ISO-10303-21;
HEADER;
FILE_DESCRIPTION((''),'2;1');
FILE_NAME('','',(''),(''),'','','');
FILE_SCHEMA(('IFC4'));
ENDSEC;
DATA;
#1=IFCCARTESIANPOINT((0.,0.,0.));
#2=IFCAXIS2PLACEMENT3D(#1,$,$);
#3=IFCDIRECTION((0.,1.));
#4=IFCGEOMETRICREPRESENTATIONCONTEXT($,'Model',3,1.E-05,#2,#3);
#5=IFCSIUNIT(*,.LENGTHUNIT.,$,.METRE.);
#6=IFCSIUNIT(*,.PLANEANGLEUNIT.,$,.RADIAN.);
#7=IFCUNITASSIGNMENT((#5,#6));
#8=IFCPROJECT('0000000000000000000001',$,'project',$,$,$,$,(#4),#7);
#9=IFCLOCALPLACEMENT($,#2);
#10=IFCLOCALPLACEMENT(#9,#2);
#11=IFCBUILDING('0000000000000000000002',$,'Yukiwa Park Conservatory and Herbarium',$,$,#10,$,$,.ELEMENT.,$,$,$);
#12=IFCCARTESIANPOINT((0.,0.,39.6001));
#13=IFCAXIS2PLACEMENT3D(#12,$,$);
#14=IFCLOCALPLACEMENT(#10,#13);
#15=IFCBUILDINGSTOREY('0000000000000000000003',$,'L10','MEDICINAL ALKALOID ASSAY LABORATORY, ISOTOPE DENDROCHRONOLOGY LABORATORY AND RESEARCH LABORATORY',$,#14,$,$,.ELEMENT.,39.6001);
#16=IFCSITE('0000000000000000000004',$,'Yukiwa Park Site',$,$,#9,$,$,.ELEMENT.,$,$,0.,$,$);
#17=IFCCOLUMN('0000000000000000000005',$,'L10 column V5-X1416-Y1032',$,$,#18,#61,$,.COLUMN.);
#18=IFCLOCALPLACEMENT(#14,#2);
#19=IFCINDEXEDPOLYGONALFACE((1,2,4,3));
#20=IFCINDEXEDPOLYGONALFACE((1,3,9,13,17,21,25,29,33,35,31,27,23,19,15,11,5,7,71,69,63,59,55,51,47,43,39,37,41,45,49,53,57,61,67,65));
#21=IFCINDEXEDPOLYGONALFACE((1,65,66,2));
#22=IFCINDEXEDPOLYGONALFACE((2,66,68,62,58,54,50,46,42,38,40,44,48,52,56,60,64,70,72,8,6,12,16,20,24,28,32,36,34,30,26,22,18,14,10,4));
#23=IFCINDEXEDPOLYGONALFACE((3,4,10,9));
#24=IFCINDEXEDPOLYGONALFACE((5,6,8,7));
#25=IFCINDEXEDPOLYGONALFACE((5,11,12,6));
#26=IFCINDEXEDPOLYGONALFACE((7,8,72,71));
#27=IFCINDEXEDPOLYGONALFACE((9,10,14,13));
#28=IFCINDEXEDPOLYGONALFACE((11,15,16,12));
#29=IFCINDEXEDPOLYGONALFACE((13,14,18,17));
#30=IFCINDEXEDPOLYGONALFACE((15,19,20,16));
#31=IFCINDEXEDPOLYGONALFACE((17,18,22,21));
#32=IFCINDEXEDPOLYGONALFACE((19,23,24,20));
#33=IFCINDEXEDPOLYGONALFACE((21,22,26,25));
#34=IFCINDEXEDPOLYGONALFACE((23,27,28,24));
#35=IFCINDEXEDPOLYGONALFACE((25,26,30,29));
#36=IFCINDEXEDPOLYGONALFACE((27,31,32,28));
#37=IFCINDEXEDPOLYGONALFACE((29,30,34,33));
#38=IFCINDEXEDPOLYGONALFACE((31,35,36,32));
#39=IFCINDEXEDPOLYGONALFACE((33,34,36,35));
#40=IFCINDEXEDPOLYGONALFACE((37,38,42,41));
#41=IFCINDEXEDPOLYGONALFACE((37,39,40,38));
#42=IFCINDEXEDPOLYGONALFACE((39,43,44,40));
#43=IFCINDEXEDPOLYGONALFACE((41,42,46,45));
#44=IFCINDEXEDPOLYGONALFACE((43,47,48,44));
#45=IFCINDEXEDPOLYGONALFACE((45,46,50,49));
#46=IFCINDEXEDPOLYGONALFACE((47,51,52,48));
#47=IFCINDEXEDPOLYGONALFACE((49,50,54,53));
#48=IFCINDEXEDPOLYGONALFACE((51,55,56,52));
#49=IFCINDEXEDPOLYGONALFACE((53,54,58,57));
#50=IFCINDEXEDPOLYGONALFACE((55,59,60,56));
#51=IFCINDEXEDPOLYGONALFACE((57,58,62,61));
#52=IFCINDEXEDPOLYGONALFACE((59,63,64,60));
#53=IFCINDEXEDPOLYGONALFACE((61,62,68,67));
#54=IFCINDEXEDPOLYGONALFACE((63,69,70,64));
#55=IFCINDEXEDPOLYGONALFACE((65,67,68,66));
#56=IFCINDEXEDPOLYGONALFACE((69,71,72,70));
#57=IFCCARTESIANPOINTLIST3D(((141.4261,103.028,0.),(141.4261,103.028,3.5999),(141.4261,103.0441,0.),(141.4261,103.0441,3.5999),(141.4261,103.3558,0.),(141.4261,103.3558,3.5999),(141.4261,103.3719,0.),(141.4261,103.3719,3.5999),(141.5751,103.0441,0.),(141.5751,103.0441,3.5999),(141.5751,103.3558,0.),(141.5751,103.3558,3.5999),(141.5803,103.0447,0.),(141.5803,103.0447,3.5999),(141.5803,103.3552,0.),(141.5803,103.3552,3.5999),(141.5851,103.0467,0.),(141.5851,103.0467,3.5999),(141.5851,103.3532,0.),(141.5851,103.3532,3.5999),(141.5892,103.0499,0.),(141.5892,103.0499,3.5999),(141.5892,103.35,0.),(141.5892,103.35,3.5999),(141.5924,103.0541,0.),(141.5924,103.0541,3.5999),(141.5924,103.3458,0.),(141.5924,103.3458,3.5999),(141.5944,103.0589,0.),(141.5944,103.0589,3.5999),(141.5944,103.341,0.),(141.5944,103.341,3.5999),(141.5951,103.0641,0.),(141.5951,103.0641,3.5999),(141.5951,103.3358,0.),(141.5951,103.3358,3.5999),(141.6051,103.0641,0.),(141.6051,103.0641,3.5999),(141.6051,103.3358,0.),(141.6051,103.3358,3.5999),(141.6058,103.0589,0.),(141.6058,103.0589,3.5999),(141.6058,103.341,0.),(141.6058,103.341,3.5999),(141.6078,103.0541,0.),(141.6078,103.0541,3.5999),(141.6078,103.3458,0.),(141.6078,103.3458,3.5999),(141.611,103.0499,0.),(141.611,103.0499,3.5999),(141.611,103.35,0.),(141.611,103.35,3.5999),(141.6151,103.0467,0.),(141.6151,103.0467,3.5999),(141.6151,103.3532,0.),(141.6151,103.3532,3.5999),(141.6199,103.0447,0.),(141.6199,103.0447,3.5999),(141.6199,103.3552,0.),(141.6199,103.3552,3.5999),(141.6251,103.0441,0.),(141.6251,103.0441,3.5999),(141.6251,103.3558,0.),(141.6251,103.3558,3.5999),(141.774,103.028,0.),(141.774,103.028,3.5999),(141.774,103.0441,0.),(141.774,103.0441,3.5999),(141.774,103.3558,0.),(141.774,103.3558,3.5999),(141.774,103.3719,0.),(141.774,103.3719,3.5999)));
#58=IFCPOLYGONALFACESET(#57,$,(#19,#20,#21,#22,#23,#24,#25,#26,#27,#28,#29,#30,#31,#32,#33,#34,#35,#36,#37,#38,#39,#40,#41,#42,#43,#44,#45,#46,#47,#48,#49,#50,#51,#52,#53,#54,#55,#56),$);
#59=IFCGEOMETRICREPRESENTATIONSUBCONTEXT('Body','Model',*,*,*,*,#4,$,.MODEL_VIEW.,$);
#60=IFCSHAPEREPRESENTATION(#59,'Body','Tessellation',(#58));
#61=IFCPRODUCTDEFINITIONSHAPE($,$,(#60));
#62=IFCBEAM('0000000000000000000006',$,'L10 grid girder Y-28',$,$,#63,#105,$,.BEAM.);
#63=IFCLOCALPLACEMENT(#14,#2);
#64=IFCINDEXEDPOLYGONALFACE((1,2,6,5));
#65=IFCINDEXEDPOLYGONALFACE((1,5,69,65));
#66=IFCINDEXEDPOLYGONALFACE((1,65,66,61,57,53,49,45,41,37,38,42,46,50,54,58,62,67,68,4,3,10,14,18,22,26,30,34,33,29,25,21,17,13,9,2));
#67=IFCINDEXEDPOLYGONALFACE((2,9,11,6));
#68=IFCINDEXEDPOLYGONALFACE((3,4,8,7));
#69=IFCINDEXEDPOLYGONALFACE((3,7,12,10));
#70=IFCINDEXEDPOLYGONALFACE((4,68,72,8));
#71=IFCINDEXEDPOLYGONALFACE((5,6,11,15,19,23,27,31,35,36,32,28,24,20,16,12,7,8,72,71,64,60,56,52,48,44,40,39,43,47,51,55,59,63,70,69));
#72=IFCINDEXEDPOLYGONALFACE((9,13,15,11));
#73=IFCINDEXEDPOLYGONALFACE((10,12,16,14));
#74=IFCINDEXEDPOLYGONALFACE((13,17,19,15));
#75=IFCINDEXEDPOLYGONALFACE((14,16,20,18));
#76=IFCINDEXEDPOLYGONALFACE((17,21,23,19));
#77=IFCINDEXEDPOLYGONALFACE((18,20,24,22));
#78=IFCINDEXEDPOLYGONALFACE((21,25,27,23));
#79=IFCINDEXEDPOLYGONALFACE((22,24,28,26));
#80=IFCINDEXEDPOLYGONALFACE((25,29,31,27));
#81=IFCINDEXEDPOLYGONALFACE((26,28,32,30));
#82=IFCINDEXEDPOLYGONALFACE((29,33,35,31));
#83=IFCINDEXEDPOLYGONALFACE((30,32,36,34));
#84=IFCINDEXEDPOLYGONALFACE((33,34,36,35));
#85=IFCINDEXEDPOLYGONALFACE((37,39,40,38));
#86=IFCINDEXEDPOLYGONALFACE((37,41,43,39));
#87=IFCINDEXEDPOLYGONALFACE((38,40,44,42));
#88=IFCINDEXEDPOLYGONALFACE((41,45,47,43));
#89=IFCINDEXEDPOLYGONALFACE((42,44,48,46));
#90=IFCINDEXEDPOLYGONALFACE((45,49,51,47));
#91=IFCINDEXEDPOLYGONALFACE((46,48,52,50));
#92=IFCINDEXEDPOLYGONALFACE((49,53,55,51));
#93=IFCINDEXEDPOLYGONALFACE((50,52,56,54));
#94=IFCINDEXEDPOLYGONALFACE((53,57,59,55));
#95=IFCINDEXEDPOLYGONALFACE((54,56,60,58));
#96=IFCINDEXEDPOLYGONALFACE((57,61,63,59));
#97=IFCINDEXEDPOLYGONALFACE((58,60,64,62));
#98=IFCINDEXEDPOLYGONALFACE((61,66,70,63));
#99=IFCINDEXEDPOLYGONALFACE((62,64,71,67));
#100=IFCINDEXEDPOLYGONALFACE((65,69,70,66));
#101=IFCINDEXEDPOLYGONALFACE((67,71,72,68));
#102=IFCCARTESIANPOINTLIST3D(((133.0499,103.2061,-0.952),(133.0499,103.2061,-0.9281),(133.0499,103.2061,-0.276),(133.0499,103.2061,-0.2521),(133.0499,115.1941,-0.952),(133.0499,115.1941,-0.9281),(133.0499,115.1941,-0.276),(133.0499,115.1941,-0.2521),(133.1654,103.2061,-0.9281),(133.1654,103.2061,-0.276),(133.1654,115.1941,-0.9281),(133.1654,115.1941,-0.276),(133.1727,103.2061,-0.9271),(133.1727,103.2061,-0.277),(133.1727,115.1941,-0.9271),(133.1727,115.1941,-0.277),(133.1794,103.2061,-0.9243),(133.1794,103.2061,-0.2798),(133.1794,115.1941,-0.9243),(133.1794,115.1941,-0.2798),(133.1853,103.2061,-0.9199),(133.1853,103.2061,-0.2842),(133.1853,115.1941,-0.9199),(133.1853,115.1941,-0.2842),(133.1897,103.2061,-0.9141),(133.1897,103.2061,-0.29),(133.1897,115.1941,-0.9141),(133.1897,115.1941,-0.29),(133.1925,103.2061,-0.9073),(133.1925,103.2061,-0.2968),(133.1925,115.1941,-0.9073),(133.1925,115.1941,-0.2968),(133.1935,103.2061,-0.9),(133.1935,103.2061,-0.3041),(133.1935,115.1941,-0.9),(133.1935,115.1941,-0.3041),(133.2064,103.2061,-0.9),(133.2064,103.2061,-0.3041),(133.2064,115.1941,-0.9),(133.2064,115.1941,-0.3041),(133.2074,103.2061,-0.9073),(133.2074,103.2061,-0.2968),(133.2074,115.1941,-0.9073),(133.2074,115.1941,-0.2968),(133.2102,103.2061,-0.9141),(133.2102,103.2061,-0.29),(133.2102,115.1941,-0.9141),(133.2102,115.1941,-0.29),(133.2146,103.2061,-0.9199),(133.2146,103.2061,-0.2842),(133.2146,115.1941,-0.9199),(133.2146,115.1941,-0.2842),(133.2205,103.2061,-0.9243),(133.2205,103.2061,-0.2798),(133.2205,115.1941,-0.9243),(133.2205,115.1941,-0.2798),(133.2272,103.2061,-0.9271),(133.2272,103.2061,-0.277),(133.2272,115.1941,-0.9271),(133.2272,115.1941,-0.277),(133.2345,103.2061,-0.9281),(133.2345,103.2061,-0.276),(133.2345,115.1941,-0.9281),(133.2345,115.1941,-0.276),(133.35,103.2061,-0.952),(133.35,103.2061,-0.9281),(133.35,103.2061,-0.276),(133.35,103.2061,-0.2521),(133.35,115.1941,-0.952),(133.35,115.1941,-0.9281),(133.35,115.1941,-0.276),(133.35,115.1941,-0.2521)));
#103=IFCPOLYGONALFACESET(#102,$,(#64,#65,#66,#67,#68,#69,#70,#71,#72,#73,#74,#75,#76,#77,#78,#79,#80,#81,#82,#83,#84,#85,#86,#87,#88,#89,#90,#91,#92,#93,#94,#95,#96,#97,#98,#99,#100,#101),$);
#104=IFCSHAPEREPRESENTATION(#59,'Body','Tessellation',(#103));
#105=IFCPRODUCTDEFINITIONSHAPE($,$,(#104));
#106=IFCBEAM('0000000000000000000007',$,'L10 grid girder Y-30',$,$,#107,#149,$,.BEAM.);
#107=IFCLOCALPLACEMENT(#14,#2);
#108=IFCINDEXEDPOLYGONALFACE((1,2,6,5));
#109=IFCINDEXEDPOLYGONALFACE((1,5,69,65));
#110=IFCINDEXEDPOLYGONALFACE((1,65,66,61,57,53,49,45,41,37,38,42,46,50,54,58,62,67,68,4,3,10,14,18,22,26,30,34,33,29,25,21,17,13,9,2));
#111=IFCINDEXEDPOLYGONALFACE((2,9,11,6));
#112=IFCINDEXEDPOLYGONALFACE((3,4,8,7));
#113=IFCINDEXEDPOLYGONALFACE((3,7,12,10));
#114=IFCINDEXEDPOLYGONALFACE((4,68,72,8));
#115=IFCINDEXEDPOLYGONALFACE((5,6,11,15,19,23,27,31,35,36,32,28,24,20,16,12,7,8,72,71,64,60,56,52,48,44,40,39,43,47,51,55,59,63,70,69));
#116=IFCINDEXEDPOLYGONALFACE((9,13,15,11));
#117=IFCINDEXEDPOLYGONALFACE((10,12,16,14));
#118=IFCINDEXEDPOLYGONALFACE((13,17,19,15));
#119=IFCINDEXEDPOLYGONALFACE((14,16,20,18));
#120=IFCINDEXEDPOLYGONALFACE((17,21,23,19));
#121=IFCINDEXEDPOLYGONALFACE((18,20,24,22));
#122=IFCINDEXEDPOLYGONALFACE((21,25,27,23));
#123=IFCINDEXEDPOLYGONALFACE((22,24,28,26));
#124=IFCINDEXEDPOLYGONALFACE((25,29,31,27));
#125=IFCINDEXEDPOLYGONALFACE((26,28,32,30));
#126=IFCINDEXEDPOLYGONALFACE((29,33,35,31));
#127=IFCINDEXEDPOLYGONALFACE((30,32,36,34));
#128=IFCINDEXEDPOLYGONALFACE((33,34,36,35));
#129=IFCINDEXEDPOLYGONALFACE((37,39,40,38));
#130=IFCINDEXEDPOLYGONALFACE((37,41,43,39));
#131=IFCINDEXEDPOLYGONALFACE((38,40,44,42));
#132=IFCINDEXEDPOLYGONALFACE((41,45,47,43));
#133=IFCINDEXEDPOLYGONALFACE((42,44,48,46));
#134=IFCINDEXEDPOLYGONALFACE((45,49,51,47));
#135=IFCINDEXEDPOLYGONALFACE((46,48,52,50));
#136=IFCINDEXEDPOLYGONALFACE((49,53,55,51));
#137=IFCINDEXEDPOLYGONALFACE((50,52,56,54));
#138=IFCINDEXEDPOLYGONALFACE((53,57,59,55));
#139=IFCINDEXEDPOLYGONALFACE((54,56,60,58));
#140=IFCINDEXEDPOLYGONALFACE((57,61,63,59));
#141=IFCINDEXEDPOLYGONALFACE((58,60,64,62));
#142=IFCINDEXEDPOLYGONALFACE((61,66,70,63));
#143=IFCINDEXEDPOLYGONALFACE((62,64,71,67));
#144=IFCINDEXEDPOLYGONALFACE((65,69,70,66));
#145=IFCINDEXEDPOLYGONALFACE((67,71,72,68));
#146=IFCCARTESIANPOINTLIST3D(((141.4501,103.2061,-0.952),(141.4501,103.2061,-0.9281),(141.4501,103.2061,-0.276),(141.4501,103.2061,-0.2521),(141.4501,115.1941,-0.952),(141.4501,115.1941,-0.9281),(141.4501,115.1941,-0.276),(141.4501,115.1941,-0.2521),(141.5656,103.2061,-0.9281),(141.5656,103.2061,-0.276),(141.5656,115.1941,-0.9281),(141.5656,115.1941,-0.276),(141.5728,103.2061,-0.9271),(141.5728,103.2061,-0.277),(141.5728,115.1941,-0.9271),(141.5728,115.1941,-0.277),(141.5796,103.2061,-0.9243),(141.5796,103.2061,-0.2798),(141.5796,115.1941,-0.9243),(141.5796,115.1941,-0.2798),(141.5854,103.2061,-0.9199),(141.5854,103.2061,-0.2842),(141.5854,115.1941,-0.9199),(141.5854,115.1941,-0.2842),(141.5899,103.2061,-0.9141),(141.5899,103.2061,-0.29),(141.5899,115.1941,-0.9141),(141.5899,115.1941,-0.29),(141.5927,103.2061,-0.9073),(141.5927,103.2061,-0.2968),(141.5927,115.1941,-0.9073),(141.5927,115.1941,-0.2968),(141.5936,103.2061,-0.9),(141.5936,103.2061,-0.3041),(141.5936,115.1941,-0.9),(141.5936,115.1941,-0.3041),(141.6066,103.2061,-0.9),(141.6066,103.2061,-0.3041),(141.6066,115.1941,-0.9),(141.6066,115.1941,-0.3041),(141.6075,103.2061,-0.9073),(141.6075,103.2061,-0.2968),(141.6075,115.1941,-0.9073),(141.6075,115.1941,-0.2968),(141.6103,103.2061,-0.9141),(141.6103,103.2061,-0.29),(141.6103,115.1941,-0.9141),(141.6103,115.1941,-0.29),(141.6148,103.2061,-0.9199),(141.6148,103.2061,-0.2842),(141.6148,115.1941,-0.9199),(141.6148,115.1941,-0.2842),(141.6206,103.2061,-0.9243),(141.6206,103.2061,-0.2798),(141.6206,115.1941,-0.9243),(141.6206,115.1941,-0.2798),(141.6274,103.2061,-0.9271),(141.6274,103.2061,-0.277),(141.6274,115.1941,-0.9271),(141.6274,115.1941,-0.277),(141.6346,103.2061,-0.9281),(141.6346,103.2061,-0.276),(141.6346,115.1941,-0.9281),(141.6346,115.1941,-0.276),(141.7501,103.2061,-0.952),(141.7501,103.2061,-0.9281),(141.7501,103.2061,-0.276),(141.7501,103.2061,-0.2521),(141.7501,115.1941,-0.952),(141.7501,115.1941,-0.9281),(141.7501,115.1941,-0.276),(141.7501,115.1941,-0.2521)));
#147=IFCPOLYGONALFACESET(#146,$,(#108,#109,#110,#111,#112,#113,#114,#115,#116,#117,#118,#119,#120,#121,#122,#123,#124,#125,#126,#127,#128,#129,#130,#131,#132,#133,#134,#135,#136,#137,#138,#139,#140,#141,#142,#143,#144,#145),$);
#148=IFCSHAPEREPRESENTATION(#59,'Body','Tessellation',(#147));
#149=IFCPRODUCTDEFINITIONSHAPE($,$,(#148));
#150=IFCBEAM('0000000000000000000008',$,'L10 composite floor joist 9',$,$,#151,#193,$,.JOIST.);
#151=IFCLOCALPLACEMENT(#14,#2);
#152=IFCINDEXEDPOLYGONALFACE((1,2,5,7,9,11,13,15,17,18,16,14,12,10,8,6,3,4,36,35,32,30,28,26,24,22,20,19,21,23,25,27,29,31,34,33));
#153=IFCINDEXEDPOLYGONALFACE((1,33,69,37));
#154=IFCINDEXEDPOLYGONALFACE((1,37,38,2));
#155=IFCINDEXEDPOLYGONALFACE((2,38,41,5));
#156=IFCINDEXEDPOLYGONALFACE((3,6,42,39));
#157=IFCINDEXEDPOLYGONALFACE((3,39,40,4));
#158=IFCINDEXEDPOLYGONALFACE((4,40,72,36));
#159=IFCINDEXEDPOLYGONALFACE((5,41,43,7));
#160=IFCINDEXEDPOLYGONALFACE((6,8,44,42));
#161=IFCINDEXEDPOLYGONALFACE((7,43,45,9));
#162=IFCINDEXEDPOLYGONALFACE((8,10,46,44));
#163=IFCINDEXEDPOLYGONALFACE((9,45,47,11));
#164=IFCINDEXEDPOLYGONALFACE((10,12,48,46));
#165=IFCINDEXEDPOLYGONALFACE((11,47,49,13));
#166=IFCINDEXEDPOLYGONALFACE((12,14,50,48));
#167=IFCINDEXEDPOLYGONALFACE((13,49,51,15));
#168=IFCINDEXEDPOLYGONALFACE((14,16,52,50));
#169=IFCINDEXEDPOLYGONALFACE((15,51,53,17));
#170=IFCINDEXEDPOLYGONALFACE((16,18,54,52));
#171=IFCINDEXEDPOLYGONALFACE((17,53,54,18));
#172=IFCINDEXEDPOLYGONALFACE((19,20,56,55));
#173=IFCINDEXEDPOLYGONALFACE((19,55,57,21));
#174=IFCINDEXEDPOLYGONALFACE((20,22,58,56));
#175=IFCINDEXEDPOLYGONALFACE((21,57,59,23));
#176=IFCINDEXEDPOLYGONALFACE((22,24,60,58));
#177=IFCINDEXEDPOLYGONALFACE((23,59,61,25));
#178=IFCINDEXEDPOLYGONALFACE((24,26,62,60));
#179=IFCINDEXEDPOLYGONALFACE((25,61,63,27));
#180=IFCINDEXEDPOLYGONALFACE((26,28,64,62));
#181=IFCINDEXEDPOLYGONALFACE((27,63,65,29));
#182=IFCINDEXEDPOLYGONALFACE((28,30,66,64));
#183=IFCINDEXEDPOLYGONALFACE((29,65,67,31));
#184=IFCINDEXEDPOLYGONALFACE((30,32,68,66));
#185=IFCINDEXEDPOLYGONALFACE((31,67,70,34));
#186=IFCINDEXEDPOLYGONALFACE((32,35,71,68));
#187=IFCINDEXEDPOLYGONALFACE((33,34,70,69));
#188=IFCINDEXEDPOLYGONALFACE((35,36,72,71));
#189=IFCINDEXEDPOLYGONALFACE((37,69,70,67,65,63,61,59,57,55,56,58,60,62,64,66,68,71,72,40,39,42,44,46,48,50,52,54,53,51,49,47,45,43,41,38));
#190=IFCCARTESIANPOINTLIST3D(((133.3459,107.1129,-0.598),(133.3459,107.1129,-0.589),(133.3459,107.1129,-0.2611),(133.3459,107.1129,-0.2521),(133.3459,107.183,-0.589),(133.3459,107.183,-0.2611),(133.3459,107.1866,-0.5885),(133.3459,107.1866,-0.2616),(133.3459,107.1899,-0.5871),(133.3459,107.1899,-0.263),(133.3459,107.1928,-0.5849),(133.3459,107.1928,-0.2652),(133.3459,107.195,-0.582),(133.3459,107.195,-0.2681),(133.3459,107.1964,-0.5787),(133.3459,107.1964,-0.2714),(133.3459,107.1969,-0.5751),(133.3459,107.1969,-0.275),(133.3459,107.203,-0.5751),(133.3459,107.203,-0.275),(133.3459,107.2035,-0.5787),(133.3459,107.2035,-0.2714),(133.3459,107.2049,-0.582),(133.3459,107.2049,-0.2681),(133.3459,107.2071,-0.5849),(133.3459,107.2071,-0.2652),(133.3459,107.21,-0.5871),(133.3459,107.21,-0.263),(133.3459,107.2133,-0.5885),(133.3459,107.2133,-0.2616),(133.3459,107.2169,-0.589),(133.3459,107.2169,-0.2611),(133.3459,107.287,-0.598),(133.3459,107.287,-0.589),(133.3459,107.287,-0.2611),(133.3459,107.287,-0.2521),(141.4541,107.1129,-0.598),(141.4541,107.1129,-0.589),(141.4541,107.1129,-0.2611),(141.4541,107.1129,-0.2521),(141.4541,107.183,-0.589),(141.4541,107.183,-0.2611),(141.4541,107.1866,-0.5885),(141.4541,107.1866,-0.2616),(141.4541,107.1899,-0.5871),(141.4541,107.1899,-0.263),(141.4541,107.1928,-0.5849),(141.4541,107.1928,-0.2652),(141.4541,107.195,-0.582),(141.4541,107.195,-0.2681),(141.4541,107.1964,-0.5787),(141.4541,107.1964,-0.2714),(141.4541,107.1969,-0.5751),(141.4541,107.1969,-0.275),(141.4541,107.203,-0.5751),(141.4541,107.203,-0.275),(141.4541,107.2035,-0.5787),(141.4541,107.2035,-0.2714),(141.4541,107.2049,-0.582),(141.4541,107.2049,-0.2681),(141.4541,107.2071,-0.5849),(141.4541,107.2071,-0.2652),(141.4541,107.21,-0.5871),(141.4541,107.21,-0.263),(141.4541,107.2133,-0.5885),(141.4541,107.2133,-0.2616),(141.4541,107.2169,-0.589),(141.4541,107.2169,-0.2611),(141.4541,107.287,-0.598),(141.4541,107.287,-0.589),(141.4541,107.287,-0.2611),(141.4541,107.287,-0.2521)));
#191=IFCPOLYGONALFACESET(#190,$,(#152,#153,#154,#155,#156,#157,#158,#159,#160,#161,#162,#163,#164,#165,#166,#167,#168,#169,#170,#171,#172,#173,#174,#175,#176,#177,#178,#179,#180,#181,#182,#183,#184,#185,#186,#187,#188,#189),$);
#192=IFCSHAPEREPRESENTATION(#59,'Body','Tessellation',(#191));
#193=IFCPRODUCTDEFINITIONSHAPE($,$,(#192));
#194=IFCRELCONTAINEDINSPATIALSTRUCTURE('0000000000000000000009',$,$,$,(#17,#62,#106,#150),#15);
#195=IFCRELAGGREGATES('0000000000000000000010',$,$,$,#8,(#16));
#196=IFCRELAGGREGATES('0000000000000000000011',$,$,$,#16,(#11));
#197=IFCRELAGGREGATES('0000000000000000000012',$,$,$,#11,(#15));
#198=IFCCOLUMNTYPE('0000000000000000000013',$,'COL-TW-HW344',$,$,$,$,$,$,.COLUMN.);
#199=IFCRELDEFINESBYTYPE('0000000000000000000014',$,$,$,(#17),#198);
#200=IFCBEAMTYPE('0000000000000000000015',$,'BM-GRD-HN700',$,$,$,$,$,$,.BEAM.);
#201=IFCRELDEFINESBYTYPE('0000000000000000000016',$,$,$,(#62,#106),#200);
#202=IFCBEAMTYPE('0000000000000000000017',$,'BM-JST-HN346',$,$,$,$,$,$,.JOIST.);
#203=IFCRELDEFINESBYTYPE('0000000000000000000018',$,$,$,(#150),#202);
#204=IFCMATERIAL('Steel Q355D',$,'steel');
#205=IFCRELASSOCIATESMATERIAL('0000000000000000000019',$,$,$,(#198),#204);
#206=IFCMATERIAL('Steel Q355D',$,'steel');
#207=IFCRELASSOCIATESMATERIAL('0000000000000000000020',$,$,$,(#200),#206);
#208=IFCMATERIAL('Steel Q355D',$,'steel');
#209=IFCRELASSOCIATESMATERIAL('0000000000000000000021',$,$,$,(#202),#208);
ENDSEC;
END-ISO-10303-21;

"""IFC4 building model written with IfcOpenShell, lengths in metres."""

from ifc_helpers import new_model, si_unit, direction, frame, origin, origin_2d, place, context, subcontext, project, spatial, i_section, extrude, material, material_profile, profile_set, type_object, element, save


model = new_model("IFC4")

# Units and contexts
model_context = context("Model", 3, precision=1e-05, world=origin(), true_north=direction((0.0, 1.0)))
body_context = subcontext(model_context, "Body", "Model", "MODEL_VIEW")
ifc_project = project(units=[si_unit("LENGTHUNIT", "METRE"), si_unit("PLANEANGLEUNIT", "RADIAN")], contexts=[model_context])

# Site, building, storey
site_placement = place(None, origin())
site = spatial("IfcSite", under=ifc_project, at=site_placement, Name="Yukiwa Park Site", CompositionType="ELEMENT", RefElevation=0.0)
building_placement = place(site_placement, origin())
building = spatial("IfcBuilding", under=site, at=building_placement, Name="Yukiwa Park Conservatory and Herbarium", CompositionType="ELEMENT")
storey_placement = place(building_placement, frame((0.0, 0.0, 39.6001)))
storey = spatial("IfcBuildingStorey", under=building, at=storey_placement, Name="L10", Description="MEDICINAL ALKALOID ASSAY LABORATORY, ISOTOPE DENDROCHRONOLOGY LABORATORY AND RESEARCH LABORATORY", CompositionType="ELEMENT", Elevation=39.6001)

# Column
ifc_material_1 = material(Name="Steel Q355D", Category="steel")
ifc_material_profile_1 = material_profile(ifc_material_1, i_section(OverallWidth=0.3479, OverallDepth=0.344, WebThickness=0.01, FlangeThickness=0.0161, FilletRadius=0.02, at=origin_2d()), Name="HW 344x348x10x16")
ifc_profile_set_1 = profile_set([ifc_material_profile_1], Name="Steel Q355D")
column_type_1 = type_object("IfcColumnType", Name="COL-TW-HW344", PredefinedType="COLUMN", material=ifc_profile_set_1)
for number, where, z_axis, x_axis, name in (
    (1, (141.6001, 103.2, 0.0), (0.0, 0.0, 1.0), (1.0, 0.0, 0.0), "L10 column V5-X1416-Y1032"),
):
    element("IfcColumn", number, at=place(storey_placement, frame(where, z_axis=z_axis, x_axis=x_axis)), inside=storey, type_object=column_type_1, Name=name, PredefinedType="COLUMN", context=body_context, shape_type="SweptSolid", body=[
        extrude(i_section(OverallWidth=0.3479, OverallDepth=0.344, WebThickness=0.01, FlangeThickness=0.0161, FilletRadius=0.02, at=origin_2d()), origin(), (0.0, 0.0, 1.0), 3.5999),
    ])

# Beams
ifc_material_2 = material(Name="Steel Q355D", Category="steel")
ifc_material_profile_2 = material_profile(ifc_material_2, i_section(OverallWidth=0.3, OverallDepth=0.7, WebThickness=0.0129, FlangeThickness=0.0239, FilletRadius=0.0281, at=origin_2d()), Name="HN 700x300x13x24")
ifc_profile_set_2 = profile_set([ifc_material_profile_2], Name="Steel Q355D")
beam_type_1 = type_object("IfcBeamType", Name="BM-GRD-HN700", PredefinedType="BEAM", material=ifc_profile_set_2)
for number, where, z_axis, x_axis, name in (
    (2, (133.2, 103.2061, -0.6021), (0.0, 1.0, 0.0), (-1.0, 0.0, 0.0), "L10 grid girder Y-28"),
    (3, (141.6001, 103.2061, -0.6021), (0.0, 1.0, 0.0), (-1.0, 0.0, 0.0), "L10 grid girder Y-30"),
):
    element("IfcBeam", number, at=place(storey_placement, frame(where, z_axis=z_axis, x_axis=x_axis)), inside=storey, type_object=beam_type_1, Name=name, PredefinedType="BEAM", context=body_context, shape_type="SweptSolid", body=[
        extrude(i_section(OverallWidth=0.3, OverallDepth=0.7, WebThickness=0.0129, FlangeThickness=0.0239, FilletRadius=0.0281, at=origin_2d()), origin(), (0.0, 0.0, 1.0), 11.988),
    ])
ifc_material_3 = material(Name="Steel Q355D", Category="steel")
ifc_material_profile_3 = material_profile(ifc_material_3, i_section(OverallWidth=0.1741, OverallDepth=0.3459, WebThickness=0.0061, FlangeThickness=0.009, FilletRadius=0.0139, at=origin_2d()), Name="HN 346x174x6x9")
ifc_profile_set_3 = profile_set([ifc_material_profile_3], Name="Steel Q355D")
beam_type_2 = type_object("IfcBeamType", Name="BM-JST-HN346", PredefinedType="JOIST", material=ifc_profile_set_3)
for number, where, z_axis, x_axis, name in (
    (4, (133.3459, 107.2, -0.425), (1.0, 0.0, 0.0), (0.0, 1.0, 0.0), "L10 composite floor joist 9"),
):
    element("IfcBeam", number, at=place(storey_placement, frame(where, z_axis=z_axis, x_axis=x_axis)), inside=storey, type_object=beam_type_2, Name=name, PredefinedType="JOIST", context=body_context, shape_type="SweptSolid", body=[
        extrude(i_section(OverallWidth=0.1741, OverallDepth=0.3459, WebThickness=0.0061, FlangeThickness=0.009, FilletRadius=0.0139, at=origin_2d()), origin(), (0.0, 0.0, 1.0), 8.1082),
    ])

save(model, "model.ifc")
